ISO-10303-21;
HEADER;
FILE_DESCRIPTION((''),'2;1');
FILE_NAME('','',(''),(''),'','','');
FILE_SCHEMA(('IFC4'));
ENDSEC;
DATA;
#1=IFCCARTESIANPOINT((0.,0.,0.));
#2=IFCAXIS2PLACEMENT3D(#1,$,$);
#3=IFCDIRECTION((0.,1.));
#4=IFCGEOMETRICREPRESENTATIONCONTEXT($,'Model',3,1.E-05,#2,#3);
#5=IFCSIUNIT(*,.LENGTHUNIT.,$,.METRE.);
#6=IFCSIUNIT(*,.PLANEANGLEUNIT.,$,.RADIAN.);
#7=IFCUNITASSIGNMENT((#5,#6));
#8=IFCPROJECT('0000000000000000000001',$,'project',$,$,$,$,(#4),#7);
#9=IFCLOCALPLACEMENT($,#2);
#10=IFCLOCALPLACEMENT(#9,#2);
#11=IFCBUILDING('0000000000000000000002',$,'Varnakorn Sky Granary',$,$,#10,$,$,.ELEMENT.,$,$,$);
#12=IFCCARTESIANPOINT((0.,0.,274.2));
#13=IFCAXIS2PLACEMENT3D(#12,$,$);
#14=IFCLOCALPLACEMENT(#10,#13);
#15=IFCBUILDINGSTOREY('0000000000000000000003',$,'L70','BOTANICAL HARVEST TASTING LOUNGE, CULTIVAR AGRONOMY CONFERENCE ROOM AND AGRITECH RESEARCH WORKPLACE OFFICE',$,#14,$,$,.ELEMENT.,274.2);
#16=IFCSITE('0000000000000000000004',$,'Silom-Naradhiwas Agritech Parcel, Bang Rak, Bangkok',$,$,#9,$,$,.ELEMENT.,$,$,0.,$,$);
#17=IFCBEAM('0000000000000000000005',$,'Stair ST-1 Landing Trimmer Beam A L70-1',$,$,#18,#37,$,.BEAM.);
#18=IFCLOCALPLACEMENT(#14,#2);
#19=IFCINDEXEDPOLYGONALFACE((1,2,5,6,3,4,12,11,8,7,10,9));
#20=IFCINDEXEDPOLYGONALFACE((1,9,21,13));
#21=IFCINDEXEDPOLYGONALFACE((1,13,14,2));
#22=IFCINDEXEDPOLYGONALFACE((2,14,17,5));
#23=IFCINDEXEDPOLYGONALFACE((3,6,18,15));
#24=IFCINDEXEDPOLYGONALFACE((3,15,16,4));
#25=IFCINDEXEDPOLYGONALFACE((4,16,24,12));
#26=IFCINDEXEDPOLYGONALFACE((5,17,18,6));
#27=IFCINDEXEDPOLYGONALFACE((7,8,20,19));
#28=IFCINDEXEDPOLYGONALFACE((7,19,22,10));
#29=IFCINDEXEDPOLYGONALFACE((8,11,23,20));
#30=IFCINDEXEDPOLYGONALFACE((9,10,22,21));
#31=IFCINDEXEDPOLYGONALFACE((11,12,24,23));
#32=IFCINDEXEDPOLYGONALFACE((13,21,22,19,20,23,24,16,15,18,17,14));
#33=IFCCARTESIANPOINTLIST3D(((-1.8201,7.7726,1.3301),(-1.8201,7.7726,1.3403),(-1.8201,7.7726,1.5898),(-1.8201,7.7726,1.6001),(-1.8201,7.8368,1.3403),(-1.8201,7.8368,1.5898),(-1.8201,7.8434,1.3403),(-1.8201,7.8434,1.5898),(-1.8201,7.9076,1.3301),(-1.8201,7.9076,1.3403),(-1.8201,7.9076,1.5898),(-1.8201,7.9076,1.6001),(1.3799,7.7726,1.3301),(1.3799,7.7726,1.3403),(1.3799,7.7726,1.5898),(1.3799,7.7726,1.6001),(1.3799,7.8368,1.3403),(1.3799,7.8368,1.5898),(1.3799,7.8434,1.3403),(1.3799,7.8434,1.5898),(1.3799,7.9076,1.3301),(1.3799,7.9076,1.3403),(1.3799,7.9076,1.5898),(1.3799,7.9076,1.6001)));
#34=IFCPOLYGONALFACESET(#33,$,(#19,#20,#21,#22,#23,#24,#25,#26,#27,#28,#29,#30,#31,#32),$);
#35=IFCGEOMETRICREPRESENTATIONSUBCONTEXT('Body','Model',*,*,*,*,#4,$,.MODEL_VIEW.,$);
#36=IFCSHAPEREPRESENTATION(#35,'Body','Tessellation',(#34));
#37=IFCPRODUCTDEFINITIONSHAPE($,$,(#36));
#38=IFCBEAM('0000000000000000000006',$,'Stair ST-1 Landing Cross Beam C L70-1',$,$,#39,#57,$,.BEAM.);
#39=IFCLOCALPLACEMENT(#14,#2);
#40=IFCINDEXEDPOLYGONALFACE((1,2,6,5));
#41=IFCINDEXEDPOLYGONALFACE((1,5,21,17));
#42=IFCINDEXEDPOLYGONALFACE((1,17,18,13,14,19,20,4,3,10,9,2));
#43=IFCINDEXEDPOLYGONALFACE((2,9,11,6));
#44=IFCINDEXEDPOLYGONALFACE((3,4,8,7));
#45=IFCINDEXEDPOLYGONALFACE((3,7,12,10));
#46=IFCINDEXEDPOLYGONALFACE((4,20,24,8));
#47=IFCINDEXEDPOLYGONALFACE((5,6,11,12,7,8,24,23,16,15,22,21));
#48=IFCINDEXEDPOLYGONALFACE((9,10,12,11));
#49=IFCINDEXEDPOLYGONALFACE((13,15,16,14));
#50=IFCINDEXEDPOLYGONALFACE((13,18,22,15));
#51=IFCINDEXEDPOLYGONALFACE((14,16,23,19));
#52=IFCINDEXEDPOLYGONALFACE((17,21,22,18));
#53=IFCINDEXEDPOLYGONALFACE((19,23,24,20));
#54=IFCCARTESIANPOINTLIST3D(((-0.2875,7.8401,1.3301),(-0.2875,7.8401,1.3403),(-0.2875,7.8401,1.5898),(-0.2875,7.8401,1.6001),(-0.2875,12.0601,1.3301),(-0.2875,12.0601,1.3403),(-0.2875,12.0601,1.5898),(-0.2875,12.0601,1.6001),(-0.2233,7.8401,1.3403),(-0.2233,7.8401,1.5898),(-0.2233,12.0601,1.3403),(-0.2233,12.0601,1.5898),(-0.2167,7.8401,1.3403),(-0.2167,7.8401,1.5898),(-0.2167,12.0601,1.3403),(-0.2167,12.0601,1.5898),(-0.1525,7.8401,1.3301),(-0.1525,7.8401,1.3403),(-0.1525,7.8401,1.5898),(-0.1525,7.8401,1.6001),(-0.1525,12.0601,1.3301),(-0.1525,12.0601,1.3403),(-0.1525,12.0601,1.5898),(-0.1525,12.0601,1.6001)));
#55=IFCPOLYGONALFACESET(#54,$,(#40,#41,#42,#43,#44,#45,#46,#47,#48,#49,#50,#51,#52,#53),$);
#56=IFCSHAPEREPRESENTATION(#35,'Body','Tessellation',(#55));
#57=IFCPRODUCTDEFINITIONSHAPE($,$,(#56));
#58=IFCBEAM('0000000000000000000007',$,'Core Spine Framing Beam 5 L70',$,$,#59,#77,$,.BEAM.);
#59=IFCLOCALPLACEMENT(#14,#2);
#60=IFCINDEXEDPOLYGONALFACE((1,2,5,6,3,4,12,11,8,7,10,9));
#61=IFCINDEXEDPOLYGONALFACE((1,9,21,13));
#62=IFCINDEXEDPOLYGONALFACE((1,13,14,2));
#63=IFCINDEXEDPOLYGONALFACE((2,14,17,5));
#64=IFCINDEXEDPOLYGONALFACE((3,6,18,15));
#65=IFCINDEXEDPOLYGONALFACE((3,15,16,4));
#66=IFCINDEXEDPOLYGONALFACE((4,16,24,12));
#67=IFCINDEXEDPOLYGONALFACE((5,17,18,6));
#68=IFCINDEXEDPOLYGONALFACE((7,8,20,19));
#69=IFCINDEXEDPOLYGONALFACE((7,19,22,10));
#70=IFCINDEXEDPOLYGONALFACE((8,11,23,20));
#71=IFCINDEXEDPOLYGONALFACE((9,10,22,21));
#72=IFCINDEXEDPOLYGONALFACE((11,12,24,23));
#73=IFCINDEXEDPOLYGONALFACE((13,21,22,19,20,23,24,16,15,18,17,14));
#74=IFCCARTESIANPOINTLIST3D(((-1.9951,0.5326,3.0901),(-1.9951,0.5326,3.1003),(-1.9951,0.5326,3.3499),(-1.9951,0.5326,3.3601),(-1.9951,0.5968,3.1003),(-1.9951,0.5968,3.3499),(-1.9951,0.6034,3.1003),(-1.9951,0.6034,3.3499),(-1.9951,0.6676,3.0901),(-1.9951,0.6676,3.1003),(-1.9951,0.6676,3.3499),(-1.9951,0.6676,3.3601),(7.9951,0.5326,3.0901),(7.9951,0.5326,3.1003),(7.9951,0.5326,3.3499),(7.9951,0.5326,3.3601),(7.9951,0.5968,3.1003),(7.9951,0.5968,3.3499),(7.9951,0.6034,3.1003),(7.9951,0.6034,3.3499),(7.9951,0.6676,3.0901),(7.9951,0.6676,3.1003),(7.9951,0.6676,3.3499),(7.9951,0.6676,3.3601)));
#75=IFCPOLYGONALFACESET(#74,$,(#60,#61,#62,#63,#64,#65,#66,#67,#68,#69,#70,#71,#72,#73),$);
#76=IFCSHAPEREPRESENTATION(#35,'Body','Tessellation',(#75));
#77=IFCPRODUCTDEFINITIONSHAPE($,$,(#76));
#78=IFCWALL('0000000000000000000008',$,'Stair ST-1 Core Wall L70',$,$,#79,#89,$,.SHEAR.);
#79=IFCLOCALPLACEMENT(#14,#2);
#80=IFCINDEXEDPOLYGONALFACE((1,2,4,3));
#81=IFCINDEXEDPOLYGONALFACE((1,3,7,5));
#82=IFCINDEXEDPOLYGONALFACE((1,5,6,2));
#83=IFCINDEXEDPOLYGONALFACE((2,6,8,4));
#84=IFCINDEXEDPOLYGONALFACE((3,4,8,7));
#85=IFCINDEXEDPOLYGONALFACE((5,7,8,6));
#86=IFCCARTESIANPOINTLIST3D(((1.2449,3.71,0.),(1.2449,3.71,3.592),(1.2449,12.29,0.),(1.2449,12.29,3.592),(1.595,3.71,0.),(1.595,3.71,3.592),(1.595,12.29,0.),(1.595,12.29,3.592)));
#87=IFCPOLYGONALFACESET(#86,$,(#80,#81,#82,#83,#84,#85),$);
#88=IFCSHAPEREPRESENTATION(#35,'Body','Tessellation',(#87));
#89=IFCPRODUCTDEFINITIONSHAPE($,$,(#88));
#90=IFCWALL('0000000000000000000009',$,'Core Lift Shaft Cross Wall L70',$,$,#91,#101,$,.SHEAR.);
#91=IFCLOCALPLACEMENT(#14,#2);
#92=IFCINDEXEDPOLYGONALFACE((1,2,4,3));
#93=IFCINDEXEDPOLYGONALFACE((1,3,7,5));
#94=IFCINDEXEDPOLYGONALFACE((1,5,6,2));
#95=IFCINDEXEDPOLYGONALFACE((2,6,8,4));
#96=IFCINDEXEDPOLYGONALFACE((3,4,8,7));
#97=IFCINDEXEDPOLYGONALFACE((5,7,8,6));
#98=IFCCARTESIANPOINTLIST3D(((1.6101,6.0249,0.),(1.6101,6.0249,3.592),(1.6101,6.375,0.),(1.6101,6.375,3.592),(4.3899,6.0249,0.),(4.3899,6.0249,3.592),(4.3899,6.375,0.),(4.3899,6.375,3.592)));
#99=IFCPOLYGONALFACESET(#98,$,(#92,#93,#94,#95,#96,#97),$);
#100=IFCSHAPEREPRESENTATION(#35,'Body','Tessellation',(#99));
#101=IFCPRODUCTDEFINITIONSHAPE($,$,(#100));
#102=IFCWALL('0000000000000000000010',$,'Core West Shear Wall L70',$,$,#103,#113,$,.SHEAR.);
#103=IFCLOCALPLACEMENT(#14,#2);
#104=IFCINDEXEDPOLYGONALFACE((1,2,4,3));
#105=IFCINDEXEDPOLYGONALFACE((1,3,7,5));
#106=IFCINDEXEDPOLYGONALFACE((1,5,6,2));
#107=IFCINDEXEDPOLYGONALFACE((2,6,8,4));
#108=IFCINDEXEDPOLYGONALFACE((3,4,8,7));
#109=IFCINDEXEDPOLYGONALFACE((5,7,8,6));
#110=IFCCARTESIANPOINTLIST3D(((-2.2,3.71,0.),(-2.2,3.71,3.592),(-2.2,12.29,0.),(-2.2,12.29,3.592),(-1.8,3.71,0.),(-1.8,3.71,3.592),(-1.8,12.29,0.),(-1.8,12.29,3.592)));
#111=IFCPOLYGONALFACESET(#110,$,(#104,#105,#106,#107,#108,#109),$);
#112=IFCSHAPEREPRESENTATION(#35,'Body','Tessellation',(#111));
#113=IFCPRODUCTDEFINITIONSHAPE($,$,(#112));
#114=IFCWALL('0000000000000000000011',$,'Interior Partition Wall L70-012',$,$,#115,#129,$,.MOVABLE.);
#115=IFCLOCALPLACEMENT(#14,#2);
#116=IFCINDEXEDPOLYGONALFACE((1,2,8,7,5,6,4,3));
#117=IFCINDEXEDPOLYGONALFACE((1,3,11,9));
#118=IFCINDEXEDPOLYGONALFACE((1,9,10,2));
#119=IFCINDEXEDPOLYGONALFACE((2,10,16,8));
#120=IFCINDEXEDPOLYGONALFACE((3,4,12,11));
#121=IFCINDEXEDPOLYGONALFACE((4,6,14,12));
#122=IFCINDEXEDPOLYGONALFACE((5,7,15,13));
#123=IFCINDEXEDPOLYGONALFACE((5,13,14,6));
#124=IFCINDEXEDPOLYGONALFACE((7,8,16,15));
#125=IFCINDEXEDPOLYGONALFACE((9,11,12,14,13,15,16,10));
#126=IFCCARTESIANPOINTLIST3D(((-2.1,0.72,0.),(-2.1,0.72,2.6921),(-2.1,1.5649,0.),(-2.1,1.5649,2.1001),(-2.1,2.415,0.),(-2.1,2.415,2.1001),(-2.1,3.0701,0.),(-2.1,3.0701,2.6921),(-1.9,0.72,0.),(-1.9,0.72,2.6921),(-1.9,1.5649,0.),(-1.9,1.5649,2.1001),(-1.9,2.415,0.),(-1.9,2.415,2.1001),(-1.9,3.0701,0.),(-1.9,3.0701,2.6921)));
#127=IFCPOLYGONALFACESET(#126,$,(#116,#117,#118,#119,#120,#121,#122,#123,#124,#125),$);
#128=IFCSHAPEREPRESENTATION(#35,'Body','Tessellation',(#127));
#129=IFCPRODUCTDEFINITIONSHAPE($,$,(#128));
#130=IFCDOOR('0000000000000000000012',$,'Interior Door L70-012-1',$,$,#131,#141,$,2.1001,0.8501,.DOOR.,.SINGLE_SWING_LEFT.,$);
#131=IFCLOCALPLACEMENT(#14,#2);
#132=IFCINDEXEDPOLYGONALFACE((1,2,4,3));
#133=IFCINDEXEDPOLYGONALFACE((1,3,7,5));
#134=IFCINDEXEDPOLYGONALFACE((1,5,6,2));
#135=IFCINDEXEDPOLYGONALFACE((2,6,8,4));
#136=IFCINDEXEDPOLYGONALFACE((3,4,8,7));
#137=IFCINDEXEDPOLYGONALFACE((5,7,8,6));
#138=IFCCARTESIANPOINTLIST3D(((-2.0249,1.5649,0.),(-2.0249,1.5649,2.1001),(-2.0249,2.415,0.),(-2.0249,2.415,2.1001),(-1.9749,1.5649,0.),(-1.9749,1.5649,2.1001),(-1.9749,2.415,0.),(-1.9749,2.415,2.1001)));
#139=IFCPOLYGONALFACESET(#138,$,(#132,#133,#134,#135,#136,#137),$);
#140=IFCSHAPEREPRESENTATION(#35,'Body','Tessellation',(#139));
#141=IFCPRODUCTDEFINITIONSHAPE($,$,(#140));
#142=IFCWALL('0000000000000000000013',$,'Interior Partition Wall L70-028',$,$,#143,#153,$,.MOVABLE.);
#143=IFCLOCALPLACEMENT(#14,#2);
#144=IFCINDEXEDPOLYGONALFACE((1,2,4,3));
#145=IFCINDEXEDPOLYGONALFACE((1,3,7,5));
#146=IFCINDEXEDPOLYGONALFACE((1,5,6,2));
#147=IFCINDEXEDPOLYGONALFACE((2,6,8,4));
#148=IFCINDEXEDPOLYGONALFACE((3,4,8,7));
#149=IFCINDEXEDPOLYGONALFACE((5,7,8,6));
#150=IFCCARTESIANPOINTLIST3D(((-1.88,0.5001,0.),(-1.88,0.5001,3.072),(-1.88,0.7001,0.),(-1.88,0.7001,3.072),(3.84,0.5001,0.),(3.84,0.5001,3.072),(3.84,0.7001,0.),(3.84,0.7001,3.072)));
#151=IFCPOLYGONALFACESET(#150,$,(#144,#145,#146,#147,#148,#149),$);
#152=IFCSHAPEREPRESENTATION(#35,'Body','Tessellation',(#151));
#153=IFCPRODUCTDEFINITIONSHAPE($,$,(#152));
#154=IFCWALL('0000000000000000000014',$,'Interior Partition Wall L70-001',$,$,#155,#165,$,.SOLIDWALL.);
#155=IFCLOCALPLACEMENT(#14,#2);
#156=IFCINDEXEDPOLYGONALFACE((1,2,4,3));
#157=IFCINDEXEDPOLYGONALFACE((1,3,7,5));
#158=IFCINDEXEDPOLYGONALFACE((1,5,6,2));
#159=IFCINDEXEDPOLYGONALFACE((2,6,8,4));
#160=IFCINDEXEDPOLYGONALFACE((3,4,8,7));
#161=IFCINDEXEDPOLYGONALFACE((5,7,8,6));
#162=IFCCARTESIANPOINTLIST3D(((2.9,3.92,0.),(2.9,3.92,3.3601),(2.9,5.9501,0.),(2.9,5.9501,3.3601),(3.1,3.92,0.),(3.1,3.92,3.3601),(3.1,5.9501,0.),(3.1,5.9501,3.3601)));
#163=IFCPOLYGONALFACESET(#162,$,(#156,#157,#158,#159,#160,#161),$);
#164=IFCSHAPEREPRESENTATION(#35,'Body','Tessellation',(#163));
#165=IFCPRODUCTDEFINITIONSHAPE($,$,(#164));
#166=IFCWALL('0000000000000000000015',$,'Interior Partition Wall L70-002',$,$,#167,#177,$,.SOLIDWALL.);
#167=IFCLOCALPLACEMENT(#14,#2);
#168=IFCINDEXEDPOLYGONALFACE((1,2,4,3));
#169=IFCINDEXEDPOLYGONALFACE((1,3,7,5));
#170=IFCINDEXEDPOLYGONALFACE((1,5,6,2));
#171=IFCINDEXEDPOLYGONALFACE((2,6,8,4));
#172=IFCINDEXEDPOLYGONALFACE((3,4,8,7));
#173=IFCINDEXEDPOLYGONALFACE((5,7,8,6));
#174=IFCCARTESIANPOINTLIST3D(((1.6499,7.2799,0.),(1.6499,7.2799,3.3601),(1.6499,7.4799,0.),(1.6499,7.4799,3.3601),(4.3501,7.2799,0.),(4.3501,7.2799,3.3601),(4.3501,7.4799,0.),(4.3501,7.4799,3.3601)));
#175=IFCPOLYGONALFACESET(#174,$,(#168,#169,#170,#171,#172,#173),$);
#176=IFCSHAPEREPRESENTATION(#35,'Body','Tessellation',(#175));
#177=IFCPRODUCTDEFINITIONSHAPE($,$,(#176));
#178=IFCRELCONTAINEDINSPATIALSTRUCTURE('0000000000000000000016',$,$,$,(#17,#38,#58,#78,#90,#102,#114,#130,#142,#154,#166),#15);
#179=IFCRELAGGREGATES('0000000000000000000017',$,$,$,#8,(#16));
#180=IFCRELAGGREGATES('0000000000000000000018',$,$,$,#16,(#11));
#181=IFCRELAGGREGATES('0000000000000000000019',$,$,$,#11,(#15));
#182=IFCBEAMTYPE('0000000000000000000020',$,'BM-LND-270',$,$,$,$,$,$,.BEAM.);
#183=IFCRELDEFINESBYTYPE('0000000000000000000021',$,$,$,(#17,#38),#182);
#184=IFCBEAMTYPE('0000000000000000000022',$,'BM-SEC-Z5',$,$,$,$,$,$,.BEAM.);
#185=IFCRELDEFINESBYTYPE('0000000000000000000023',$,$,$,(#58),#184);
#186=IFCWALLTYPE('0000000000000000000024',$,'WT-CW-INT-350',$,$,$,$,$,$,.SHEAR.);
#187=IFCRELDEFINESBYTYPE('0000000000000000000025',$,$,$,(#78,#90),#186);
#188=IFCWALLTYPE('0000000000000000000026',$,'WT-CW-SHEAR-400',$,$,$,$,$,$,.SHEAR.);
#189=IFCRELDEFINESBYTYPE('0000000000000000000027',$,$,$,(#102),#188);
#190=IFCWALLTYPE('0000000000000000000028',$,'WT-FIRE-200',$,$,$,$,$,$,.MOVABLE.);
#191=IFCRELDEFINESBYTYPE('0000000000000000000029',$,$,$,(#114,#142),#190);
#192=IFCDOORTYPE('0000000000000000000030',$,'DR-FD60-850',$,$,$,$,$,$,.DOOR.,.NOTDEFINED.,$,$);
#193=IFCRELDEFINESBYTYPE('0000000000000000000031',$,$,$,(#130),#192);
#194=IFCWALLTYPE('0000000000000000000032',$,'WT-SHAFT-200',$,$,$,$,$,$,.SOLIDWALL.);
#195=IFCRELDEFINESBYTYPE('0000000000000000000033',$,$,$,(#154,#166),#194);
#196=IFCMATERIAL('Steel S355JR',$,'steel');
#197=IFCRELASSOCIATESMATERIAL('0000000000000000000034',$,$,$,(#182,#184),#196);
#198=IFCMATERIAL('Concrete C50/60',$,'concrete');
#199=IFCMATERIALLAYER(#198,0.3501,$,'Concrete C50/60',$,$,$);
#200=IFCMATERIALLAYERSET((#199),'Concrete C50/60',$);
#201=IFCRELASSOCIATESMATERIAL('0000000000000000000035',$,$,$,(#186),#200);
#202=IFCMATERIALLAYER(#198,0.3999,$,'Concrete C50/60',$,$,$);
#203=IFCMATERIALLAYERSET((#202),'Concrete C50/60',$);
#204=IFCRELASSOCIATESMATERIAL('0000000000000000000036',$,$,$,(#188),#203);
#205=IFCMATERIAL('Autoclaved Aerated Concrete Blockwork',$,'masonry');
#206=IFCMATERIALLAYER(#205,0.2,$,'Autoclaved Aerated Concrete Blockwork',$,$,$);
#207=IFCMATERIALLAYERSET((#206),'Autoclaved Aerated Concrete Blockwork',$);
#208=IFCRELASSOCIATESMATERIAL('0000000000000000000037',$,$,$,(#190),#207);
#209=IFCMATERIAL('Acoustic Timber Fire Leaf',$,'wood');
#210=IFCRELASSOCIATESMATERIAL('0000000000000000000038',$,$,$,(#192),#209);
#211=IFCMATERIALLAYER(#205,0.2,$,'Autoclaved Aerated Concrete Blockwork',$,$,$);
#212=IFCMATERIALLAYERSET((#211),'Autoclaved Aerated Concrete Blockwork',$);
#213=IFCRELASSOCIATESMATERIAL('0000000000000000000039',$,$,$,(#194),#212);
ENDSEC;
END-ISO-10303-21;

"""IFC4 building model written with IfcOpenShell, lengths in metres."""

from ifc_helpers import new_model, si_unit, direction, frame, frame_2d, origin, origin_2d, place, context, subcontext, project, spatial, rectangle, i_section, extrude, material, layer, layer_set, material_profile, profile_set, type_object, element, fill, save


model = new_model("IFC4")

# Units and contexts
model_context = context("Model", 3, precision=1e-05, world=origin(), true_north=direction((0.0, 1.0)))
body_context = subcontext(model_context, "Body", "Model", "MODEL_VIEW")
ifc_project = project(units=[si_unit("LENGTHUNIT", "METRE"), si_unit("PLANEANGLEUNIT", "RADIAN")], contexts=[model_context])

# Site, building, storey
site_placement = place(None, origin())
site = spatial("IfcSite", under=ifc_project, at=site_placement, Name="Silom-Naradhiwas Agritech Parcel, Bang Rak, Bangkok", CompositionType="ELEMENT", RefElevation=0.0)
building_placement = place(site_placement, origin())
building = spatial("IfcBuilding", under=site, at=building_placement, Name="Varnakorn Sky Granary", CompositionType="ELEMENT")
storey_placement = place(building_placement, frame((0.0, 0.0, 274.2)))
storey = spatial("IfcBuildingStorey", under=building, at=storey_placement, Name="L70", Description="BOTANICAL HARVEST TASTING LOUNGE, CULTIVAR AGRONOMY CONFERENCE ROOM AND AGRITECH RESEARCH WORKPLACE OFFICE", CompositionType="ELEMENT", Elevation=274.2)

# Beams
ifc_material_1 = material(Name="Steel S355JR", Category="steel")
ifc_material_profile_1 = material_profile(ifc_material_1, i_section(OverallWidth=0.135, OverallDepth=0.27, WebThickness=0.0066, FlangeThickness=0.0103, at=origin_2d()), Name="IPE 270")
ifc_profile_set_1 = profile_set([ifc_material_profile_1], Name="Steel S355JR")
beam_type_1 = type_object("IfcBeamType", Name="BM-LND-270", PredefinedType="BEAM", material=ifc_profile_set_1)
beam_1_placement = place(storey_placement, frame((-1.8201, 7.8401, 1.4651), z_axis=(1.0, 0.0, 0.0), x_axis=(0.0, 1.0, 0.0)))
element("IfcBeam", 1, at=beam_1_placement, inside=storey, type_object=beam_type_1, Name="Stair ST-1 Landing Trimmer Beam A L70-1", PredefinedType="BEAM", context=body_context, shape_type="SweptSolid", body=[
    extrude(i_section(OverallWidth=0.135, OverallDepth=0.27, WebThickness=0.0066, FlangeThickness=0.0103, at=origin_2d()), origin(), (0.0, 0.0, 1.0), 3.2),
])
beam_2_placement = place(storey_placement, frame((-0.22, 7.8401, 1.4651), z_axis=(0.0, 1.0, 0.0), x_axis=(-1.0, 0.0, 0.0)))
element("IfcBeam", 2, at=beam_2_placement, inside=storey, type_object=beam_type_1, Name="Stair ST-1 Landing Cross Beam C L70-1", PredefinedType="BEAM", context=body_context, shape_type="SweptSolid", body=[
    extrude(i_section(OverallWidth=0.135, OverallDepth=0.27, WebThickness=0.0066, FlangeThickness=0.0103, at=origin_2d()), origin(), (0.0, 0.0, 1.0), 4.22),
])
ifc_material_profile_2 = material_profile(ifc_material_1, i_section(OverallWidth=0.135, OverallDepth=0.27, WebThickness=0.0066, FlangeThickness=0.0103, at=origin_2d()), Name="IPE 270")
ifc_profile_set_2 = profile_set([ifc_material_profile_2], Name="Steel S355JR")
beam_type_2 = type_object("IfcBeamType", Name="BM-SEC-Z5", PredefinedType="BEAM", material=ifc_profile_set_2)
beam_3_placement = place(storey_placement, frame((-1.9951, 0.6001, 3.2251), z_axis=(1.0, 0.0, 0.0), x_axis=(0.0, 1.0, 0.0)))
element("IfcBeam", 3, at=beam_3_placement, inside=storey, type_object=beam_type_2, Name="Core Spine Framing Beam 5 L70", PredefinedType="BEAM", context=body_context, shape_type="SweptSolid", body=[
    extrude(i_section(OverallWidth=0.135, OverallDepth=0.27, WebThickness=0.0066, FlangeThickness=0.0103, at=origin_2d()), origin(), (0.0, 0.0, 1.0), 9.9902),
])

# Walls
ifc_material_2 = material(Name="Concrete C50/60", Category="concrete")
ifc_layer_1 = layer(ifc_material_2, 0.3501, Name="Concrete C50/60")
ifc_layer_set_1 = layer_set([ifc_layer_1], Name="Concrete C50/60")
wall_type_1 = type_object("IfcWallType", Name="WT-CW-INT-350", PredefinedType="SHEAR", material=ifc_layer_set_1)
wall_1_placement = place(storey_placement, frame((1.4199, 3.71, 0.0), z_axis=(0.0, 0.0, 1.0), x_axis=(0.0, 1.0, 0.0)))
element("IfcWall", 4, at=wall_1_placement, inside=storey, type_object=wall_type_1, Name="Stair ST-1 Core Wall L70", PredefinedType="SHEAR", context=body_context, shape_type="SweptSolid", body=[
    extrude(rectangle(XDim=8.5801, YDim=0.3501, at=frame_2d((4.29, 0.0))), origin(), (0.0, 0.0, 1.0), 3.592),
])
wall_2_placement = place(storey_placement, frame((1.6101, 6.2, 0.0), z_axis=(0.0, 0.0, 1.0), x_axis=(1.0, 0.0, 0.0)))
element("IfcWall", 5, at=wall_2_placement, inside=storey, type_object=wall_type_1, Name="Core Lift Shaft Cross Wall L70", PredefinedType="SHEAR", context=body_context, shape_type="SweptSolid", body=[
    extrude(rectangle(XDim=2.7798, YDim=0.3501, at=frame_2d((1.3899, 0.0))), origin(), (0.0, 0.0, 1.0), 3.592),
])

# Shared definitions
ifc_layer_2 = layer(ifc_material_2, 0.3999, Name="Concrete C50/60")
ifc_layer_set_2 = layer_set([ifc_layer_2], Name="Concrete C50/60")
wall_type_2 = type_object("IfcWallType", Name="WT-CW-SHEAR-400", PredefinedType="SHEAR", material=ifc_layer_set_2)

# Wall
wall_3_placement = place(storey_placement, frame((-2.0, 3.71, 0.0), z_axis=(0.0, 0.0, 1.0), x_axis=(0.0, 1.0, 0.0)))
element("IfcWall", 6, at=wall_3_placement, inside=storey, type_object=wall_type_2, Name="Core West Shear Wall L70", PredefinedType="SHEAR", context=body_context, shape_type="SweptSolid", body=[
    extrude(rectangle(XDim=8.5801, YDim=0.3999, at=frame_2d((4.29, 0.0))), origin(), (0.0, 0.0, 1.0), 3.592),
])

# Wall, opening, door
ifc_material_3 = material(Name="Autoclaved Aerated Concrete Blockwork", Category="masonry")
ifc_layer_3 = layer(ifc_material_3, 0.2, Name="Autoclaved Aerated Concrete Blockwork")
ifc_layer_set_3 = layer_set([ifc_layer_3], Name="Autoclaved Aerated Concrete Blockwork")
wall_type_3 = type_object("IfcWallType", Name="WT-FIRE-200", PredefinedType="MOVABLE", material=ifc_layer_set_3)
wall_4_placement = place(storey_placement, frame((-2.0, 0.72, 0.0), z_axis=(0.0, 0.0, 1.0), x_axis=(0.0, 1.0, 0.0)))
wall_4 = element("IfcWall", 7, at=wall_4_placement, inside=storey, type_object=wall_type_3, Name="Interior Partition Wall L70-012", PredefinedType="MOVABLE", context=body_context, shape_type="SweptSolid", body=[
    extrude(rectangle(XDim=2.3501, YDim=0.2, at=frame_2d((1.175, 0.0))), origin(), (0.0, 0.0, 1.0), 2.6921),
])
opening_1_placement = place(wall_4_placement, frame((0.845, 0.0, 0.0)))
opening_1 = element("IfcOpeningElement", 8, at=opening_1_placement, cuts=wall_4, PredefinedType="OPENING", context=body_context, shape_type="SweptSolid", body=[
    extrude(rectangle(XDim=0.8501, YDim=2.1001, at=frame_2d((0.425, 1.05))), frame((0.0, 0.1099, 0.0), z_axis=(0.0, -1.0, 0.0), x_axis=(1.0, 0.0, 0.0)), (0.0, 0.0, 1.0), 0.22),
])
ifc_material_4 = material(Name="Acoustic Timber Fire Leaf", Category="wood")
door_type_1 = type_object("IfcDoorType", Name="DR-FD60-850", OperationType="NOTDEFINED", PredefinedType="DOOR", material=ifc_material_4)
door_1_placement = place(opening_1_placement, origin())
door_1 = element("IfcDoor", 9, at=door_1_placement, inside=storey, type_object=door_type_1, Name="Interior Door L70-012-1", OperationType="SINGLE_SWING_LEFT", OverallHeight=2.1001, OverallWidth=0.8501, PredefinedType="DOOR", context=body_context, shape_type="SweptSolid", body=[
    extrude(rectangle(XDim=0.8501, YDim=2.1001, at=frame_2d((0.425, 1.05))), frame((0.0, 0.0249, 0.0), z_axis=(0.0, -1.0, 0.0), x_axis=(1.0, 0.0, 0.0)), (0.0, 0.0, 1.0), 0.05),
])
fill(opening_1, door_1)

# Walls
wall_5_placement = place(storey_placement, frame((-1.8799, 0.6001, 0.0), z_axis=(0.0, 0.0, 1.0), x_axis=(1.0, 0.0, 0.0)))
element("IfcWall", 10, at=wall_5_placement, inside=storey, type_object=wall_type_3, Name="Interior Partition Wall L70-028", PredefinedType="MOVABLE", context=body_context, shape_type="SweptSolid", body=[
    extrude(rectangle(XDim=5.72, YDim=0.2, at=frame_2d((2.8599, 0.0))), origin(), (0.0, 0.0, 1.0), 3.072),
])
ifc_layer_4 = layer(ifc_material_3, 0.2, Name="Autoclaved Aerated Concrete Blockwork")
ifc_layer_set_4 = layer_set([ifc_layer_4], Name="Autoclaved Aerated Concrete Blockwork")
wall_type_4 = type_object("IfcWallType", Name="WT-SHAFT-200", PredefinedType="SOLIDWALL", material=ifc_layer_set_4)
wall_6_placement = place(storey_placement, frame((3.0, 3.9199, 0.0), z_axis=(0.0, 0.0, 1.0), x_axis=(0.0, 1.0, 0.0)))
element("IfcWall", 11, at=wall_6_placement, inside=storey, type_object=wall_type_4, Name="Interior Partition Wall L70-001", PredefinedType="SOLIDWALL", context=body_context, shape_type="SweptSolid", body=[
    extrude(rectangle(XDim=2.03, YDim=0.2, at=frame_2d((1.0151, 0.0))), origin(), (0.0, 0.0, 1.0), 3.3601),
])
wall_7_placement = place(storey_placement, frame((1.6499, 7.3799, 0.0), z_axis=(0.0, 0.0, 1.0), x_axis=(1.0, 0.0, 0.0)))
element("IfcWall", 12, at=wall_7_placement, inside=storey, type_object=wall_type_4, Name="Interior Partition Wall L70-002", PredefinedType="SOLIDWALL", context=body_context, shape_type="SweptSolid", body=[
    extrude(rectangle(XDim=2.7002, YDim=0.2, at=frame_2d((1.3501, 0.0))), origin(), (0.0, 0.0, 1.0), 3.3601),
])

save(model, "model.ifc")
